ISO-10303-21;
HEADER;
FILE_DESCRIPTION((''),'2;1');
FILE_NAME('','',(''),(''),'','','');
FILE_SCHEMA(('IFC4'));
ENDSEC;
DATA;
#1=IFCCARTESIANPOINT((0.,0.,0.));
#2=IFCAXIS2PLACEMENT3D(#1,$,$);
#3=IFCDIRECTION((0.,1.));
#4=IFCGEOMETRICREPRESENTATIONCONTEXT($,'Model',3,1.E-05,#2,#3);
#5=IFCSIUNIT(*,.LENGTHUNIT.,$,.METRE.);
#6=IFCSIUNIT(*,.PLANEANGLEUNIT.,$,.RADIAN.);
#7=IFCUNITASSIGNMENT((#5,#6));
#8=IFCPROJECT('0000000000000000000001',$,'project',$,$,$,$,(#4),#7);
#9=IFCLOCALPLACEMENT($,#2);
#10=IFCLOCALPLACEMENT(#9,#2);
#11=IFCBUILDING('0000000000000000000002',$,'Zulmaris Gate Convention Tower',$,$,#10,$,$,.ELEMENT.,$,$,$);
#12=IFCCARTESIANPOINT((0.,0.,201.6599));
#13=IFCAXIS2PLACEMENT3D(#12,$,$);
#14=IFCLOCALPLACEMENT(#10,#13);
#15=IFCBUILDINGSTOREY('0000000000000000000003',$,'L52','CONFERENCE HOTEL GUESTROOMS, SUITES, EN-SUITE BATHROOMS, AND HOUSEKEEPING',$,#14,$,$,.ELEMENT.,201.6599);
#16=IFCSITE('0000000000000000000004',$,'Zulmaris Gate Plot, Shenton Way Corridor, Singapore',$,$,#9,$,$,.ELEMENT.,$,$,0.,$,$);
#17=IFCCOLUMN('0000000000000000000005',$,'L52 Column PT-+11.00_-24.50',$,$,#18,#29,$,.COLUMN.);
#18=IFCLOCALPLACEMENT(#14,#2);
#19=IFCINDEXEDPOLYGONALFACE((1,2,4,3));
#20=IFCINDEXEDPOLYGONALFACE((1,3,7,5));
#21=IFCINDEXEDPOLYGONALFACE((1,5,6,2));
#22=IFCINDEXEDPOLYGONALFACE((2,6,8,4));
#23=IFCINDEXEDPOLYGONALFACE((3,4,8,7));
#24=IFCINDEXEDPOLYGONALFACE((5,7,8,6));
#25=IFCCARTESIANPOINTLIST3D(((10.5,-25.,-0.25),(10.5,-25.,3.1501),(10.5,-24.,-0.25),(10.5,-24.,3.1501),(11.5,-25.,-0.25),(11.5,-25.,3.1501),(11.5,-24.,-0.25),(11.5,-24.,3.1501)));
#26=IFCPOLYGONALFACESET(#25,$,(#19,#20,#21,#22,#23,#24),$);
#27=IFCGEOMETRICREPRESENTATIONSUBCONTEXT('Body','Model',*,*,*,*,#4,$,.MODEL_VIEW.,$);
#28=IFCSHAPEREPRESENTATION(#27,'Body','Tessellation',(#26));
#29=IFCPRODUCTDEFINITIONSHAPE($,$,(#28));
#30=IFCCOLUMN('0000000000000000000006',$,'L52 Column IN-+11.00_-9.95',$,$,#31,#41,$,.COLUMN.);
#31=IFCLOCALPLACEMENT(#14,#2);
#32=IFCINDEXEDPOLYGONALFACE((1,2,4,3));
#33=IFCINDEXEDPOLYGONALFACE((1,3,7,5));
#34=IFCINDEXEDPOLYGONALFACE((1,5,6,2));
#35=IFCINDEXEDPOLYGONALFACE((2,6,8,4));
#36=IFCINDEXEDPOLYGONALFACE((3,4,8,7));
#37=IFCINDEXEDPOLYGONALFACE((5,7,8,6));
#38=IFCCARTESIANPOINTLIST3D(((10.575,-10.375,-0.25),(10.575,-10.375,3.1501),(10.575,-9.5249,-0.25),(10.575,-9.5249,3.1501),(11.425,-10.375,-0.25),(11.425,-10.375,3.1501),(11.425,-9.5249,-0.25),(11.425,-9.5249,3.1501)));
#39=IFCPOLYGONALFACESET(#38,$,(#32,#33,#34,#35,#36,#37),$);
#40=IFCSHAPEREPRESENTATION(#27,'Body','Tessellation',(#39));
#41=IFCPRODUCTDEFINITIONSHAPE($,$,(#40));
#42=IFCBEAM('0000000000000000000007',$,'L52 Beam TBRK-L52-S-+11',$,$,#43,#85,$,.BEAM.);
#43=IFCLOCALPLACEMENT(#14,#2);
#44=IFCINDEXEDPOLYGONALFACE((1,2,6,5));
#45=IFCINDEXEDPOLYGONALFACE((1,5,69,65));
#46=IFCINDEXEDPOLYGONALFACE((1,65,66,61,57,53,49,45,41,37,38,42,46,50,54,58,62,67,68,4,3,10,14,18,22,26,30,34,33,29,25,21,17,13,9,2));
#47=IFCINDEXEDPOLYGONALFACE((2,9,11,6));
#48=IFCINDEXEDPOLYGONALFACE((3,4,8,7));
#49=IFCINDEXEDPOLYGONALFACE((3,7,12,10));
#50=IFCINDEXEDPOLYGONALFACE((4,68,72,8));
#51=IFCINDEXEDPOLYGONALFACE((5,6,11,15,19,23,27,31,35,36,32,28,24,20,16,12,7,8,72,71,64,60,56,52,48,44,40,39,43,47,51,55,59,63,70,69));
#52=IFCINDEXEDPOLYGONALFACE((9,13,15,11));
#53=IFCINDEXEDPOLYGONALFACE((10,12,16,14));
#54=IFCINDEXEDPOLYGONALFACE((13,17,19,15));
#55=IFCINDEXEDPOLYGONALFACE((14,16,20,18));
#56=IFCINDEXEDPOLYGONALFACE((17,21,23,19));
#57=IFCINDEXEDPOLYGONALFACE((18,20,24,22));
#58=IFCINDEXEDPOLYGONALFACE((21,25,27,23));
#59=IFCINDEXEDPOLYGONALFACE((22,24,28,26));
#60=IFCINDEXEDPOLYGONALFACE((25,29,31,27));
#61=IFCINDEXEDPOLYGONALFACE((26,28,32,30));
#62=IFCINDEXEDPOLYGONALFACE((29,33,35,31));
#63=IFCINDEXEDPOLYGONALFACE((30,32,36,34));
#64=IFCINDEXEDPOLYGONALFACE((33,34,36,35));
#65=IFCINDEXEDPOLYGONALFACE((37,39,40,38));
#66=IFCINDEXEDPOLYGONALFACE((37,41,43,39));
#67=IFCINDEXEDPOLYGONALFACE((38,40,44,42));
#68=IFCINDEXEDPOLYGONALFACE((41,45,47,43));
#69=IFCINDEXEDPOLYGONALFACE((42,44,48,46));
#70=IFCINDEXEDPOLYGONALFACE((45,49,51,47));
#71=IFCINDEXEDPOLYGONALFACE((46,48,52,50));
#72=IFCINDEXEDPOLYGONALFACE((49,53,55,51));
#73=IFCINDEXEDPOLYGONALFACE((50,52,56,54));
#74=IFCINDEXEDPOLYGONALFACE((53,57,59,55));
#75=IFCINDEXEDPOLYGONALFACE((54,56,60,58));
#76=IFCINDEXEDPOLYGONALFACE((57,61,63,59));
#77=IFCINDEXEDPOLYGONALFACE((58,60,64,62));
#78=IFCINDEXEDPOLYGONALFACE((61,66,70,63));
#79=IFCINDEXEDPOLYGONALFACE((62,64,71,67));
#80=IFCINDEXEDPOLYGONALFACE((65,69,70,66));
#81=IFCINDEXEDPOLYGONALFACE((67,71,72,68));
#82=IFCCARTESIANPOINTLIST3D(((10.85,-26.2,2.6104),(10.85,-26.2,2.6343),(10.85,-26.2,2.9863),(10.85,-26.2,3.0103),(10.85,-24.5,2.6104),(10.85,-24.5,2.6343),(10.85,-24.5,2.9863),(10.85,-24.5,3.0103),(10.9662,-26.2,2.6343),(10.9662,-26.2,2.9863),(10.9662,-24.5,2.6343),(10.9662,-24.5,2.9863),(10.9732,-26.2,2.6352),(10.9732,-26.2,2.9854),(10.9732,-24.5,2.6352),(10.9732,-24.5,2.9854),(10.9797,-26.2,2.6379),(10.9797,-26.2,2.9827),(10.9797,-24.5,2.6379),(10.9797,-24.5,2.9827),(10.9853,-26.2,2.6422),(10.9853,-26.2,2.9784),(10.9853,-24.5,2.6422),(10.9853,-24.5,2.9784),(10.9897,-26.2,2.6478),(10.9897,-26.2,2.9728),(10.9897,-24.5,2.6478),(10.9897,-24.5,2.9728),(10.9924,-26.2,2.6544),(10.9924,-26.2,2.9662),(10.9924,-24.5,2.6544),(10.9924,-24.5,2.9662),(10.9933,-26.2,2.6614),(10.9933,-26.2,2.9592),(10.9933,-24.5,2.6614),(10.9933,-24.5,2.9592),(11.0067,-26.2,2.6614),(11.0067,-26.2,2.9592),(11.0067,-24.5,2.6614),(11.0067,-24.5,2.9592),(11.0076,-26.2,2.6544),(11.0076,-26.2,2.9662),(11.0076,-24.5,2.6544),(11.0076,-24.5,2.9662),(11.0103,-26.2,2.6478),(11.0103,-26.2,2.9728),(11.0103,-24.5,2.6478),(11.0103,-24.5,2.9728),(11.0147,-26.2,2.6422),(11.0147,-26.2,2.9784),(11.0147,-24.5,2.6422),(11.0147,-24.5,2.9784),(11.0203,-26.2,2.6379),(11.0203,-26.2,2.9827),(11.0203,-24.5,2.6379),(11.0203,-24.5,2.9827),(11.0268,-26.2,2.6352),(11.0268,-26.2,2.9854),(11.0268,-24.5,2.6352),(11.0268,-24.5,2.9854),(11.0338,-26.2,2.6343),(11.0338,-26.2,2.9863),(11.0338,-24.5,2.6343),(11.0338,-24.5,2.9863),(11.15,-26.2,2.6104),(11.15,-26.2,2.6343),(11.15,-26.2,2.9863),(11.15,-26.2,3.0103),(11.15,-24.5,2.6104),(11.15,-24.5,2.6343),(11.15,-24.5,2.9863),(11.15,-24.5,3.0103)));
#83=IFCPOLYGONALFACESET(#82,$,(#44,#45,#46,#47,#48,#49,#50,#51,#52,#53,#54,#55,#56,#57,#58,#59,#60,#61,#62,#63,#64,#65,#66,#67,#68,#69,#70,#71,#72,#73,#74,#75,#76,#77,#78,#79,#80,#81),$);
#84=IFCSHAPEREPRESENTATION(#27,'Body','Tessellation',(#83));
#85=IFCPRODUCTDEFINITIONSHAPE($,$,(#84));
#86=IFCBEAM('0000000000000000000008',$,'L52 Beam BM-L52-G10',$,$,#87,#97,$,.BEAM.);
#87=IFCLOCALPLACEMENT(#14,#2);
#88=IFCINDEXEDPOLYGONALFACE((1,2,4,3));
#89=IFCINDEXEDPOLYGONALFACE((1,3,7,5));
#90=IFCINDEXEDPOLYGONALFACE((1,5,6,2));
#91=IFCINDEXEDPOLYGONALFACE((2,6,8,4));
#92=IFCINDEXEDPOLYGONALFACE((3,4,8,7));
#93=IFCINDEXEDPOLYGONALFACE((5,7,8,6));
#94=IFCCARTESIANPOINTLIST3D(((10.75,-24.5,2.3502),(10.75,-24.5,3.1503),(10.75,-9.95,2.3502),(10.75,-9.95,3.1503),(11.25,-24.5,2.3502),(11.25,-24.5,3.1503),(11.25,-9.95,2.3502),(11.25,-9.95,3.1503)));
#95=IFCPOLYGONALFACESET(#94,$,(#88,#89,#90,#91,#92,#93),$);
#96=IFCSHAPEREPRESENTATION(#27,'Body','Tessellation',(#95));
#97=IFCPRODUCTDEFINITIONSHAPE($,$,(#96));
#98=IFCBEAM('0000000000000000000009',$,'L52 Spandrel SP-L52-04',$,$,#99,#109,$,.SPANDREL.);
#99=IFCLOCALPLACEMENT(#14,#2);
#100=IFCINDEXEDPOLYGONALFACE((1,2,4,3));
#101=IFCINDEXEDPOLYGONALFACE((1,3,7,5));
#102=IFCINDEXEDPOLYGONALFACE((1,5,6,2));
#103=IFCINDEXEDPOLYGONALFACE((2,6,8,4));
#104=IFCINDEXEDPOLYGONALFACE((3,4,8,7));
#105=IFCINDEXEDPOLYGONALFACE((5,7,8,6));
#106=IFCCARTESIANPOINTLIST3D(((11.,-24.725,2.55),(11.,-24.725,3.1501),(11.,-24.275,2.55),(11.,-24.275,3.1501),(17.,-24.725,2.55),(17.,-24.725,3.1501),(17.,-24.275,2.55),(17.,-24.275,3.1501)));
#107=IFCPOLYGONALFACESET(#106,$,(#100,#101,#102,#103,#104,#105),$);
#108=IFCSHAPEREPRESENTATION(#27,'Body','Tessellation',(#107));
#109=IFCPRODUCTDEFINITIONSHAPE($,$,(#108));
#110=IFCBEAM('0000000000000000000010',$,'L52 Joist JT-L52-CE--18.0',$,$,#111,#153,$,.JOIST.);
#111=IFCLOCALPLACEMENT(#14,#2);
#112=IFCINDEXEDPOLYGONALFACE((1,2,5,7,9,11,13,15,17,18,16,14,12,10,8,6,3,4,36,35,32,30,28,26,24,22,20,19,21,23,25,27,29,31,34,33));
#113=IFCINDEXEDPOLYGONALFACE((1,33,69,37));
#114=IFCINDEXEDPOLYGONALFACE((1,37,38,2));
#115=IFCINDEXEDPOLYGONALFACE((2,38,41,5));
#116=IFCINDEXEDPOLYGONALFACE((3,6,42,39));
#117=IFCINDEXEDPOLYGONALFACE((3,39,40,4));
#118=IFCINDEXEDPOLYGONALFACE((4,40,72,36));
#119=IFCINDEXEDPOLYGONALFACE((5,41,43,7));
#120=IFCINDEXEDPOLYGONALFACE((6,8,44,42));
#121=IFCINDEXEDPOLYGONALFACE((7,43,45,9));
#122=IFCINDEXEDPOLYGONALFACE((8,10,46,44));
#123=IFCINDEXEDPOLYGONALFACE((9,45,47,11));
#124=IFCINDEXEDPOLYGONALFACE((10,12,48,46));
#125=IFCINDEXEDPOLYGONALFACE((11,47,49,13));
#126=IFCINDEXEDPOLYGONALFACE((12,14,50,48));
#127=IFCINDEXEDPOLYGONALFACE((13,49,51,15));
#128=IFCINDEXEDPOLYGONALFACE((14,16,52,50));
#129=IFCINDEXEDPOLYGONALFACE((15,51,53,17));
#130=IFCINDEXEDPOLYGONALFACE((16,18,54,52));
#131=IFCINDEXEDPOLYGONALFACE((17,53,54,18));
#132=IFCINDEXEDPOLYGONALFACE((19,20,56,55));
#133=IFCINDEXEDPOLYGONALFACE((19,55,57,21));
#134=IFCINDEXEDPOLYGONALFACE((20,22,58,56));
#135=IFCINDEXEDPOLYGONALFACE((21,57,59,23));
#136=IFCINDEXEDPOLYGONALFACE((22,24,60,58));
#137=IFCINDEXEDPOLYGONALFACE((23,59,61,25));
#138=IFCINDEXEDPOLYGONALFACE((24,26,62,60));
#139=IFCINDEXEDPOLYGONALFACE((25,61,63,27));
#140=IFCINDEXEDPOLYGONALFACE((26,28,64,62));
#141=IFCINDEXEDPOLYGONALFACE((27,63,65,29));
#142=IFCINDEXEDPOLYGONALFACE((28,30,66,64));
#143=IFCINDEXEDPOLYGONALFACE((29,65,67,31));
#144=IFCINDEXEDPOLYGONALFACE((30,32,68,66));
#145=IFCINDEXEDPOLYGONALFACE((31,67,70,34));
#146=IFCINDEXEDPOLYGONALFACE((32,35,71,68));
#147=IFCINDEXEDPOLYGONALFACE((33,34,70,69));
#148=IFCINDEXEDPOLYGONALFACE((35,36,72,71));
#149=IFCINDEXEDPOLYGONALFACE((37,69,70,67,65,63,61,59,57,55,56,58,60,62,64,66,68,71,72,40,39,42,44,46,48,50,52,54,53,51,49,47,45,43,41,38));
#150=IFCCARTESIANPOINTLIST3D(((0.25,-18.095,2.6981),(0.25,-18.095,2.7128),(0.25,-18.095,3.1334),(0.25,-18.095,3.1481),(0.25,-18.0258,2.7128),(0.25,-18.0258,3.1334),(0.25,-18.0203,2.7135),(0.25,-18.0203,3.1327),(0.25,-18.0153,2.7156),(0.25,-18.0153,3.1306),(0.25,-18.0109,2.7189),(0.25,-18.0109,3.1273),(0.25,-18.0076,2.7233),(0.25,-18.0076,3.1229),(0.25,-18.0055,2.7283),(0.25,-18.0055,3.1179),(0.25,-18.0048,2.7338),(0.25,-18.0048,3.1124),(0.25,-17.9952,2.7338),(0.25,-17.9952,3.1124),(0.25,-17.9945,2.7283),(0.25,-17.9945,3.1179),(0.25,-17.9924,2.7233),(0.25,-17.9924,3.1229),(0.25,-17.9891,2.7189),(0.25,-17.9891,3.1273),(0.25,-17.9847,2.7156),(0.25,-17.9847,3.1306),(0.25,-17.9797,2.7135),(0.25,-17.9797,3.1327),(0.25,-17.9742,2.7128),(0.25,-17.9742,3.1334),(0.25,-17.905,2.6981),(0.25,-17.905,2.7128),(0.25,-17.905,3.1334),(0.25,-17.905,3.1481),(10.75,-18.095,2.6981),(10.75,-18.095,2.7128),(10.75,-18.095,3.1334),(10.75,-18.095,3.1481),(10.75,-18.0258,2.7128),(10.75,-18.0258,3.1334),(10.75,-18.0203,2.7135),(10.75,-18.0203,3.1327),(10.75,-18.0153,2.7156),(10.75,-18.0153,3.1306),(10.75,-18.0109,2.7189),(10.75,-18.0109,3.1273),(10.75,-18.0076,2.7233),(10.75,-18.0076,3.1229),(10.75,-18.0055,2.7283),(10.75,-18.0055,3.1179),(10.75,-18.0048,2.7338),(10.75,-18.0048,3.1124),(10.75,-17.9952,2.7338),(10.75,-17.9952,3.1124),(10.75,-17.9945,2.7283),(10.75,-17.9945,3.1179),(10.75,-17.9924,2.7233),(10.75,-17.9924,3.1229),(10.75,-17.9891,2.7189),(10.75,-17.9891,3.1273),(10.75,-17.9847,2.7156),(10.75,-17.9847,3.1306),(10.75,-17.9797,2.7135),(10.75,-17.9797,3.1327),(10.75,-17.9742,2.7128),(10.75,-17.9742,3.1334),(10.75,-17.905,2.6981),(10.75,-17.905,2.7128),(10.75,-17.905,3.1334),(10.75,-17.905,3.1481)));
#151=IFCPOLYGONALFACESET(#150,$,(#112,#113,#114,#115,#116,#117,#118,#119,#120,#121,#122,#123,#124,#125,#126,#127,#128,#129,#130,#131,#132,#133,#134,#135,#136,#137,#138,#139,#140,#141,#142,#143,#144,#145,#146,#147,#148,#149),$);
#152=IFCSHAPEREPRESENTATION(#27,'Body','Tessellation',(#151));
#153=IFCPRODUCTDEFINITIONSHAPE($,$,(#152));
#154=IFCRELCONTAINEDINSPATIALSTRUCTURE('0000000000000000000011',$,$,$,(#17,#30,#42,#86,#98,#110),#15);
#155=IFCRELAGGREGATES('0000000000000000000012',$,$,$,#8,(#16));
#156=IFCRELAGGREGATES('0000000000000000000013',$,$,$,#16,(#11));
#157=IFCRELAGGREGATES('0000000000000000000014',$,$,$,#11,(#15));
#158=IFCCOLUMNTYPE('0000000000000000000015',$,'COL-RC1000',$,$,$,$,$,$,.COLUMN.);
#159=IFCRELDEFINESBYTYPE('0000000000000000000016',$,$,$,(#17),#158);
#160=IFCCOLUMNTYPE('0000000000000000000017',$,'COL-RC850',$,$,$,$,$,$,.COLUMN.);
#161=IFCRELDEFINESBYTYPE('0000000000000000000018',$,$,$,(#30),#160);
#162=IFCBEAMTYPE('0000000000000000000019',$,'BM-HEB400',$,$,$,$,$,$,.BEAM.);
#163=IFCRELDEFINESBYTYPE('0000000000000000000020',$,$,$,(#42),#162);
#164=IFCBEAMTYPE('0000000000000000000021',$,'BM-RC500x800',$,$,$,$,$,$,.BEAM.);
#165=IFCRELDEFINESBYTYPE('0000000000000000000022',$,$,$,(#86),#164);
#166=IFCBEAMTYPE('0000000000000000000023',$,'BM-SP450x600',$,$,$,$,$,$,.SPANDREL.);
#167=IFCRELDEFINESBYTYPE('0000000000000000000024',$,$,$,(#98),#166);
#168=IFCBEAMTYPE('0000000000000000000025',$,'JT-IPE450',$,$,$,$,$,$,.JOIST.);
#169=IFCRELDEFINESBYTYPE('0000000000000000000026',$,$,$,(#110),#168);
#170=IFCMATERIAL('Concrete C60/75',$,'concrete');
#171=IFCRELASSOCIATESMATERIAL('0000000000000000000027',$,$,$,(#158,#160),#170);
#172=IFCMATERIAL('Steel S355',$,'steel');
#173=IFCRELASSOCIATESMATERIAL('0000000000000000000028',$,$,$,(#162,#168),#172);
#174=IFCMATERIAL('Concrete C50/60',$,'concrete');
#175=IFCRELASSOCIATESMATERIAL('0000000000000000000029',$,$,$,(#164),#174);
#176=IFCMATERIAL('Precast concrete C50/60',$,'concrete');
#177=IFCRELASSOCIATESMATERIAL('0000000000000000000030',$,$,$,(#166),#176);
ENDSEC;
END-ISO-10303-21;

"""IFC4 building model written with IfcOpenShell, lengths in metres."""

from ifc_helpers import new_model, si_unit, direction, frame, origin, origin_2d, place, context, subcontext, project, spatial, rectangle, i_section, extrude, material, material_profile, profile_set, type_object, element, save


model = new_model("IFC4")

# Units and contexts
model_context = context("Model", 3, precision=1e-05, world=origin(), true_north=direction((0.0, 1.0)))
body_context = subcontext(model_context, "Body", "Model", "MODEL_VIEW")
ifc_project = project(units=[si_unit("LENGTHUNIT", "METRE"), si_unit("PLANEANGLEUNIT", "RADIAN")], contexts=[model_context])

# Site, building, storey
site_placement = place(None, origin())
site = spatial("IfcSite", under=ifc_project, at=site_placement, Name="Zulmaris Gate Plot, Shenton Way Corridor, Singapore", CompositionType="ELEMENT", RefElevation=0.0)
building_placement = place(site_placement, origin())
building = spatial("IfcBuilding", under=site, at=building_placement, Name="Zulmaris Gate Convention Tower", CompositionType="ELEMENT")
storey_placement = place(building_placement, frame((0.0, 0.0, 201.6599)))
storey = spatial("IfcBuildingStorey", under=building, at=storey_placement, Name="L52", Description="CONFERENCE HOTEL GUESTROOMS, SUITES, EN-SUITE BATHROOMS, AND HOUSEKEEPING", CompositionType="ELEMENT", Elevation=201.6599)

# Columns
ifc_material_1 = material(Name="Concrete C60/75", Category="concrete")
ifc_material_profile_1 = material_profile(ifc_material_1, rectangle(XDim=1.0, YDim=1.0, at=origin_2d()), Name="RC COL 1000x1000")
ifc_profile_set_1 = profile_set([ifc_material_profile_1], Name="Concrete C60/75")
column_type_1 = type_object("IfcColumnType", Name="COL-RC1000", PredefinedType="COLUMN", material=ifc_profile_set_1)
column_1_placement = place(storey_placement, frame((11.0, -24.5, -0.25), z_axis=(0.0, 0.0, 1.0), x_axis=(1.0, 0.0, 0.0)))
element("IfcColumn", 1, at=column_1_placement, inside=storey, type_object=column_type_1, Name="L52 Column PT-+11.00_-24.50", PredefinedType="COLUMN", context=body_context, shape_type="SweptSolid", body=[
    extrude(rectangle(XDim=1.0, YDim=1.0, at=origin_2d()), origin(), (0.0, 0.0, 1.0), 3.4001),
])
ifc_material_profile_2 = material_profile(ifc_material_1, rectangle(XDim=0.8501, YDim=0.8501, at=origin_2d()), Name="RC COL 850x850")
ifc_profile_set_2 = profile_set([ifc_material_profile_2], Name="Concrete C60/75")
column_type_2 = type_object("IfcColumnType", Name="COL-RC850", PredefinedType="COLUMN", material=ifc_profile_set_2)
column_2_placement = place(storey_placement, frame((11.0, -9.95, -0.25), z_axis=(0.0, 0.0, 1.0), x_axis=(1.0, 0.0, 0.0)))
element("IfcColumn", 2, at=column_2_placement, inside=storey, type_object=column_type_2, Name="L52 Column IN-+11.00_-9.95", PredefinedType="COLUMN", context=body_context, shape_type="SweptSolid", body=[
    extrude(rectangle(XDim=0.8501, YDim=0.8501, at=origin_2d()), origin(), (0.0, 0.0, 1.0), 3.4001),
])

# Beams
ifc_material_2 = material(Name="Steel S355", Category="steel")
ifc_material_profile_3 = material_profile(ifc_material_2, i_section(OverallWidth=0.3, OverallDepth=0.3999, WebThickness=0.0134, FlangeThickness=0.0239, FilletRadius=0.0271, at=origin_2d()), Name="HEB 400")
ifc_profile_set_3 = profile_set([ifc_material_profile_3], Name="Steel S355")
beam_type_1 = type_object("IfcBeamType", Name="BM-HEB400", PredefinedType="BEAM", material=ifc_profile_set_3)
beam_1_placement = place(storey_placement, frame((11.0, -26.2, 2.8103), z_axis=(0.0, 1.0, 0.0), x_axis=(-1.0, 0.0, 0.0)))
element("IfcBeam", 3, at=beam_1_placement, inside=storey, type_object=beam_type_1, Name="L52 Beam TBRK-L52-S-+11", PredefinedType="BEAM", context=body_context, shape_type="SweptSolid", body=[
    extrude(i_section(OverallWidth=0.3, OverallDepth=0.3999, WebThickness=0.0134, FlangeThickness=0.0239, FilletRadius=0.0271, at=origin_2d()), origin(), (0.0, 0.0, 1.0), 1.7),
])
ifc_material_3 = material(Name="Concrete C50/60", Category="concrete")
ifc_material_profile_4 = material_profile(ifc_material_3, rectangle(XDim=0.5, YDim=0.8, at=origin_2d()), Name="RC BEAM 500x800")
ifc_profile_set_4 = profile_set([ifc_material_profile_4], Name="Concrete C50/60")
beam_type_2 = type_object("IfcBeamType", Name="BM-RC500x800", PredefinedType="BEAM", material=ifc_profile_set_4)
beam_2_placement = place(storey_placement, frame((11.0, -24.5, 2.7502), z_axis=(0.0, 1.0, 0.0), x_axis=(-1.0, 0.0, 0.0)))
element("IfcBeam", 4, at=beam_2_placement, inside=storey, type_object=beam_type_2, Name="L52 Beam BM-L52-G10", PredefinedType="BEAM", context=body_context, shape_type="SweptSolid", body=[
    extrude(rectangle(XDim=0.5, YDim=0.8, at=origin_2d()), origin(), (0.0, 0.0, 1.0), 14.55),
])
ifc_material_4 = material(Name="Precast concrete C50/60", Category="concrete")
ifc_material_profile_5 = material_profile(ifc_material_4, rectangle(XDim=0.45, YDim=0.6001, at=origin_2d()), Name="RC SPANDREL 450x600")
ifc_profile_set_5 = profile_set([ifc_material_profile_5], Name="Precast concrete C50/60")
beam_type_3 = type_object("IfcBeamType", Name="BM-SP450x600", PredefinedType="SPANDREL", material=ifc_profile_set_5)
beam_3_placement = place(storey_placement, frame((11.0, -24.5, 2.8501), z_axis=(1.0, 0.0, 0.0), x_axis=(0.0, 1.0, 0.0)))
element("IfcBeam", 5, at=beam_3_placement, inside=storey, type_object=beam_type_3, Name="L52 Spandrel SP-L52-04", PredefinedType="SPANDREL", context=body_context, shape_type="SweptSolid", body=[
    extrude(rectangle(XDim=0.45, YDim=0.6001, at=origin_2d()), origin(), (0.0, 0.0, 1.0), 6.0),
])
ifc_material_profile_6 = material_profile(ifc_material_2, i_section(OverallWidth=0.1899, OverallDepth=0.45, WebThickness=0.0095, FlangeThickness=0.0146, FilletRadius=0.021, at=origin_2d()), Name="IPE 450")
ifc_profile_set_6 = profile_set([ifc_material_profile_6], Name="Steel S355")
beam_type_4 = type_object("IfcBeamType", Name="JT-IPE450", PredefinedType="JOIST", material=ifc_profile_set_6)
for number, where, z_axis, x_axis, name in (
    (6, (0.25, -18.0, 2.9231), (1.0, 0.0, 0.0), (0.0, 1.0, 0.0), "L52 Joist JT-L52-CE--18.0"),
):
    element("IfcBeam", number, at=place(storey_placement, frame(where, z_axis=z_axis, x_axis=x_axis)), inside=storey, type_object=beam_type_4, Name=name, PredefinedType="JOIST", context=body_context, shape_type="SweptSolid", body=[
        extrude(i_section(OverallWidth=0.1899, OverallDepth=0.45, WebThickness=0.0095, FlangeThickness=0.0146, FilletRadius=0.021, at=origin_2d()), origin(), (0.0, 0.0, 1.0), 10.5),
    ])

save(model, "model.ifc")
